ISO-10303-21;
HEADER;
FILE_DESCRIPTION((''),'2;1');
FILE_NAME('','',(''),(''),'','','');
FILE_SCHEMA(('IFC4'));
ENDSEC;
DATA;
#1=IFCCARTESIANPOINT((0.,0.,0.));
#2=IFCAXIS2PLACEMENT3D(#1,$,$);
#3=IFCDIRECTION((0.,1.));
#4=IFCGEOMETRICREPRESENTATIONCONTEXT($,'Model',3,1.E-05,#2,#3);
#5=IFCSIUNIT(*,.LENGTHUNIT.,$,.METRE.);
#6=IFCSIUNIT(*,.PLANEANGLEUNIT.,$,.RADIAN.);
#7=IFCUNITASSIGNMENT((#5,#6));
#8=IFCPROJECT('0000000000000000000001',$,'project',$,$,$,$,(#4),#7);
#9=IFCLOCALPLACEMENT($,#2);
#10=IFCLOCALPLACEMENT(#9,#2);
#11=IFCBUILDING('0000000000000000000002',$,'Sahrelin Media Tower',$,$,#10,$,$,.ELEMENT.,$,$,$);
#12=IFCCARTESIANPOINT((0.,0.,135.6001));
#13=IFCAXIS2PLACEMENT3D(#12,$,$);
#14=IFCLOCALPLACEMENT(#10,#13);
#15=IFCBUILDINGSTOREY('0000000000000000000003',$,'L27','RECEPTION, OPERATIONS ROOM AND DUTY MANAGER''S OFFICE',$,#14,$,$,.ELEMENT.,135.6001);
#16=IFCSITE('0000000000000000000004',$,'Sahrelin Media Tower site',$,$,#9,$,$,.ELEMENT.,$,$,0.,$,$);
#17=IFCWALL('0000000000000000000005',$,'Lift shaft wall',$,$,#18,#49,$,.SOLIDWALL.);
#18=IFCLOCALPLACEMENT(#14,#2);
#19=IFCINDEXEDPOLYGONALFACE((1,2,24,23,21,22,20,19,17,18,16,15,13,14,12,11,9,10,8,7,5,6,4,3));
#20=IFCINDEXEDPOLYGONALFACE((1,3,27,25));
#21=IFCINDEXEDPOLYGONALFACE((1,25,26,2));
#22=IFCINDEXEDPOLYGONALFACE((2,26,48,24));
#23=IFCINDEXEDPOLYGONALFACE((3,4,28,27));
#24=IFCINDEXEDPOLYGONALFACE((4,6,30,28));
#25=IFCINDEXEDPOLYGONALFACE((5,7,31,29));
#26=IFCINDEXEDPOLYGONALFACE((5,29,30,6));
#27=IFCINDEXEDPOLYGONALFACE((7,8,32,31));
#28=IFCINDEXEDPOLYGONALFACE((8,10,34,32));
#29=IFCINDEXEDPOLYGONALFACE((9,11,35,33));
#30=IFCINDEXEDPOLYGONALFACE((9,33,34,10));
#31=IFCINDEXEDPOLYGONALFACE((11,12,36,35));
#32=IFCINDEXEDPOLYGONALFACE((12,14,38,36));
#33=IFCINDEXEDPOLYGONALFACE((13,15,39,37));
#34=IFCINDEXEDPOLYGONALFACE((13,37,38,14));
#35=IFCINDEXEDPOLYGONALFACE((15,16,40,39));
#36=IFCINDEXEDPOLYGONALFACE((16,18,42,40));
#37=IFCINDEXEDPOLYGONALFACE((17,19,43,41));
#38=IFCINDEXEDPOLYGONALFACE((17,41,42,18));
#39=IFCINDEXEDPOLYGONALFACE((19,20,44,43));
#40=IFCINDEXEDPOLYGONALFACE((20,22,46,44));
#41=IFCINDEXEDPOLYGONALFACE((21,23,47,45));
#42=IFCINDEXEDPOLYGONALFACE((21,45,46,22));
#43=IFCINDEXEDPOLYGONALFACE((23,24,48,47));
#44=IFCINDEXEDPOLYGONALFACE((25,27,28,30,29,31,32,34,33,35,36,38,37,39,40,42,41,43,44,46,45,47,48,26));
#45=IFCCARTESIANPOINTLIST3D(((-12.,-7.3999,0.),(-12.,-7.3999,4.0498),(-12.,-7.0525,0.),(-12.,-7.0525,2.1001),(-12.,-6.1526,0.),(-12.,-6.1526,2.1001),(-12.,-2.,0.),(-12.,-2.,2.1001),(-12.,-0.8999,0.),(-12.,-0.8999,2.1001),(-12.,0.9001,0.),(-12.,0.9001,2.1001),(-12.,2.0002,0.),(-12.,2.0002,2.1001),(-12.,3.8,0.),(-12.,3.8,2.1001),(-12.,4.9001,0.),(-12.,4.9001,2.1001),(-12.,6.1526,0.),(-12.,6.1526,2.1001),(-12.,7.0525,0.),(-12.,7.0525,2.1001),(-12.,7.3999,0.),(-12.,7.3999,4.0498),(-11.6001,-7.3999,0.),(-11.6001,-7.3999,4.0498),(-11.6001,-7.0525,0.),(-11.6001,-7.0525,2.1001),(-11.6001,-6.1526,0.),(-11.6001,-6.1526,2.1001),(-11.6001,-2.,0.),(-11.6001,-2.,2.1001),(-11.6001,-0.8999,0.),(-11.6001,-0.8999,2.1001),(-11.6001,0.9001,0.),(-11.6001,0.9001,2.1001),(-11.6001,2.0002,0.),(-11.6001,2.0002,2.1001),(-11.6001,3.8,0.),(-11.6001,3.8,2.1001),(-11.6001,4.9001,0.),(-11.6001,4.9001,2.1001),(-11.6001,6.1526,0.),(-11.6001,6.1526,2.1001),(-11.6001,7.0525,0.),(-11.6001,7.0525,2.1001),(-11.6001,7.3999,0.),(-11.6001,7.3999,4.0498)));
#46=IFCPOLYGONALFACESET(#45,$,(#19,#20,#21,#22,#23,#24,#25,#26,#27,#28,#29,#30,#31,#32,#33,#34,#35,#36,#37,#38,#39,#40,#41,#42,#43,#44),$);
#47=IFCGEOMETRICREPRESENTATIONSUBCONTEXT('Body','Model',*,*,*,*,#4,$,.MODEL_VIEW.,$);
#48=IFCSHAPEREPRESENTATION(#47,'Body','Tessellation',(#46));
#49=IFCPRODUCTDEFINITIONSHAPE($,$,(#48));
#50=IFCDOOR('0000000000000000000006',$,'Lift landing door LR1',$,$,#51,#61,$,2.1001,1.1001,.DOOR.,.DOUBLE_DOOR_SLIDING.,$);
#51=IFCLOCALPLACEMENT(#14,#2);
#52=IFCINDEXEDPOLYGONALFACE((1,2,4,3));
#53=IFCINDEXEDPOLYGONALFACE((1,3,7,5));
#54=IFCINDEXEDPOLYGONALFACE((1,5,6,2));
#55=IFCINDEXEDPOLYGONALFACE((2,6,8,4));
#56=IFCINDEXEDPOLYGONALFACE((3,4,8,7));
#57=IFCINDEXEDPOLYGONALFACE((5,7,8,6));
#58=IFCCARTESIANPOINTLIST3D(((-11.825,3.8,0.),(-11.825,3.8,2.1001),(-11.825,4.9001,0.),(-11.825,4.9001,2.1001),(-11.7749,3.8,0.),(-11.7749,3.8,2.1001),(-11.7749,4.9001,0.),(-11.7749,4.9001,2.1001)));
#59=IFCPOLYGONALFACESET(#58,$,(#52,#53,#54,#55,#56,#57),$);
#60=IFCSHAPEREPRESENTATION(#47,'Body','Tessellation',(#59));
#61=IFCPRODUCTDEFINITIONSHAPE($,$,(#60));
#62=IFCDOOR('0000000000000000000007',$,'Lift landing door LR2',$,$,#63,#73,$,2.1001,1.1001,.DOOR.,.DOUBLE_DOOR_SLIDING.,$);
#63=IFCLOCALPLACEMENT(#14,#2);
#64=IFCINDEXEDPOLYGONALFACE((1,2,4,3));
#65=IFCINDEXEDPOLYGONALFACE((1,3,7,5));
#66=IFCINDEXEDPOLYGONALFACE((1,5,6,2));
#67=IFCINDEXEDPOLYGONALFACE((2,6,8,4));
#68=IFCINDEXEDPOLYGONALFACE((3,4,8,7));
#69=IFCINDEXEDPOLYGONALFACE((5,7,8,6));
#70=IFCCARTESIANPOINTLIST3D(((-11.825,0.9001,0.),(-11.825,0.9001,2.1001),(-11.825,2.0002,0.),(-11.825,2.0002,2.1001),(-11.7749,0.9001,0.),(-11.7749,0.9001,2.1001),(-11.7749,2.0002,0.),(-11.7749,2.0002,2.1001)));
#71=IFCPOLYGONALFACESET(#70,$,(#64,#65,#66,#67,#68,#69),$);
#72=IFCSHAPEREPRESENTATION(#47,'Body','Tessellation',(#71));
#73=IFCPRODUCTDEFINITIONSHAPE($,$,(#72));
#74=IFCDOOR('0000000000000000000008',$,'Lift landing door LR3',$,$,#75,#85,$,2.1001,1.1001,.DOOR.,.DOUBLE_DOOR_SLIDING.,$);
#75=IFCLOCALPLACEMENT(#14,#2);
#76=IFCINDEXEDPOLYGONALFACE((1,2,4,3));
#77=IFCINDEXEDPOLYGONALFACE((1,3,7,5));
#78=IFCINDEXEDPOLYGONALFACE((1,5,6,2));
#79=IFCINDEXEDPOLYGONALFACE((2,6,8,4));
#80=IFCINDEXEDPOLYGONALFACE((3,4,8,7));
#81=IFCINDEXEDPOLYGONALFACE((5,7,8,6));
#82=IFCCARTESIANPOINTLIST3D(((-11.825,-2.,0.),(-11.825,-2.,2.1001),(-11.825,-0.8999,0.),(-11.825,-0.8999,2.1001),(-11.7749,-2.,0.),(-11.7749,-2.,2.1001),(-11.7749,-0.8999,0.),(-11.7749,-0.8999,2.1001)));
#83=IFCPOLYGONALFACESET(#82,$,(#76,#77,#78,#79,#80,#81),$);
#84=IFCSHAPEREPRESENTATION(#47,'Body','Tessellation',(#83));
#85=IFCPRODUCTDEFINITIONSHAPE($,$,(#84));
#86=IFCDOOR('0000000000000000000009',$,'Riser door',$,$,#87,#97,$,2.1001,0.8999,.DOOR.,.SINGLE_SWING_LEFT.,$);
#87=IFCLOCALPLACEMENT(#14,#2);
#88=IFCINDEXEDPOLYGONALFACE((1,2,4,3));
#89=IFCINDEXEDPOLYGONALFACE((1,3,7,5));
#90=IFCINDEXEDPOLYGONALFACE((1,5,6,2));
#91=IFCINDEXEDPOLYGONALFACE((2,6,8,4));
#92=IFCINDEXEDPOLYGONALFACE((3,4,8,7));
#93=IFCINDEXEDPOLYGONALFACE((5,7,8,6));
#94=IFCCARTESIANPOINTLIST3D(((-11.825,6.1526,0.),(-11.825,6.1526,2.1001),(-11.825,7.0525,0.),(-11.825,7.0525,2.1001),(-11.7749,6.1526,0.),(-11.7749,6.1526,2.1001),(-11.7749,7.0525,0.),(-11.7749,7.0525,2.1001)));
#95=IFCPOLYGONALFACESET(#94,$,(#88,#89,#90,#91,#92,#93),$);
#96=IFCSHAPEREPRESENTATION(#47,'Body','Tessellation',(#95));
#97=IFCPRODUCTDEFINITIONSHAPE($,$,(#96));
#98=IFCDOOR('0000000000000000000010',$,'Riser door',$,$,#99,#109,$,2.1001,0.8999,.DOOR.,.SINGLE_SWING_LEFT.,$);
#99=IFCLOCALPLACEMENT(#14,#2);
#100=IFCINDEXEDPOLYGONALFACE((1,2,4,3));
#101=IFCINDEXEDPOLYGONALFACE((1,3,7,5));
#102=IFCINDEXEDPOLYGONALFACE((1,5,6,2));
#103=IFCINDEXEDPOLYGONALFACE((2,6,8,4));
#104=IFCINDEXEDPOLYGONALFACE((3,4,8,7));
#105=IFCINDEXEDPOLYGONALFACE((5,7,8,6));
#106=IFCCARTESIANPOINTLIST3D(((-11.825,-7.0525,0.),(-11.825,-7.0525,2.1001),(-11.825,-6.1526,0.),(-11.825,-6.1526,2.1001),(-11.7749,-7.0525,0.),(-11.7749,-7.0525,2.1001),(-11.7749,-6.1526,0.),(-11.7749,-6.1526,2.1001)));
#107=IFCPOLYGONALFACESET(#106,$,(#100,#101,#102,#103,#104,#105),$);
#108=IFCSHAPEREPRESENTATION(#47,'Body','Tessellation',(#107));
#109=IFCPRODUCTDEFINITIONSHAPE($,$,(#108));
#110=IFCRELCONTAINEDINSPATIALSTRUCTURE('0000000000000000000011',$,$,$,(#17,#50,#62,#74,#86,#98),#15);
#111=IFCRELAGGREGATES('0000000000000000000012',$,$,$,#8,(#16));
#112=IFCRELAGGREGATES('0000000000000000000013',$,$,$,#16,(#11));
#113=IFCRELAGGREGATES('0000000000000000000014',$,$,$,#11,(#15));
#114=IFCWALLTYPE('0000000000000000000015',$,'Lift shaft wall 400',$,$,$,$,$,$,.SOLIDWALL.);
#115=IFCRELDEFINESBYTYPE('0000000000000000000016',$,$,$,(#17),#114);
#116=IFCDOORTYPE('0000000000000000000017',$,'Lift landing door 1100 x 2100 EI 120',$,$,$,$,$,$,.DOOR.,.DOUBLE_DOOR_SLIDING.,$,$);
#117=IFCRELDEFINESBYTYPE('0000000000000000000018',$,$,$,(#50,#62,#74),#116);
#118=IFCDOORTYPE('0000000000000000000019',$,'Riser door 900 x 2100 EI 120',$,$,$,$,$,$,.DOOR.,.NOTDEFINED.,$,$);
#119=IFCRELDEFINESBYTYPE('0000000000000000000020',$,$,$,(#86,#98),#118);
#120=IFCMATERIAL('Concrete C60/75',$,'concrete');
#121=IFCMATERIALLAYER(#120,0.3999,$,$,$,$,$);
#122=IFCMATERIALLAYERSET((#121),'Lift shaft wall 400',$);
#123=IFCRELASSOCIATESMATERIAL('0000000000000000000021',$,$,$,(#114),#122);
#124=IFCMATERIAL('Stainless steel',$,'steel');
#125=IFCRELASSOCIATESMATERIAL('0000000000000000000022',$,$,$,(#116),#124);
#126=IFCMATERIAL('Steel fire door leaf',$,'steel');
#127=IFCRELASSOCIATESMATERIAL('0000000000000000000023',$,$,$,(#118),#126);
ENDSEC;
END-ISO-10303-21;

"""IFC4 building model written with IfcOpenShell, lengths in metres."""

from ifc_helpers import new_model, si_unit, direction, frame, frame_2d, origin, place, context, subcontext, project, spatial, rectangle, extrude, material, layer, layer_set, type_object, element, fill, save


model = new_model("IFC4")

# Units and contexts
model_context = context("Model", 3, precision=1e-05, world=origin(), true_north=direction((0.0, 1.0)))
body_context = subcontext(model_context, "Body", "Model", "MODEL_VIEW")
ifc_project = project(units=[si_unit("LENGTHUNIT", "METRE"), si_unit("PLANEANGLEUNIT", "RADIAN")], contexts=[model_context])

# Site, building, storey
site_placement = place(None, origin())
site = spatial("IfcSite", under=ifc_project, at=site_placement, Name="Sahrelin Media Tower site", CompositionType="ELEMENT", RefElevation=0.0)
building_placement = place(site_placement, origin())
building = spatial("IfcBuilding", under=site, at=building_placement, Name="Sahrelin Media Tower", CompositionType="ELEMENT")
storey_placement = place(building_placement, frame((0.0, 0.0, 135.6001)))
storey = spatial("IfcBuildingStorey", under=building, at=storey_placement, Name="L27", Description="RECEPTION, OPERATIONS ROOM AND DUTY MANAGER'S OFFICE", CompositionType="ELEMENT", Elevation=135.6001)

# Shared definitions
ifc_material_1 = material(Name="Concrete C60/75", Category="concrete")
ifc_material_2 = material(Name="Steel fire door leaf", Category="steel")

# Wall, openings, doors
ifc_layer_1 = layer(ifc_material_1, 0.3999)
ifc_layer_set_1 = layer_set([ifc_layer_1], Name="Lift shaft wall 400")
wall_type_1 = type_object("IfcWallType", Name="Lift shaft wall 400", PredefinedType="SOLIDWALL", material=ifc_layer_set_1)
wall_1_placement = place(storey_placement, frame((-11.8, -7.3999, 0.0), z_axis=(0.0, 0.0, 1.0), x_axis=(0.0, 1.0, 0.0)))
wall_1 = element("IfcWall", 1, at=wall_1_placement, inside=storey, type_object=wall_type_1, Name="Lift shaft wall", PredefinedType="SOLIDWALL", context=body_context, shape_type="SweptSolid", body=[
    extrude(rectangle(XDim=14.7998, YDim=0.3999, at=frame_2d((7.3999, 0.0))), origin(), (0.0, 0.0, 1.0), 4.0498),
])
opening_1_placement = place(wall_1_placement, frame((11.2, 0.0, 0.0)))
opening_1 = element("IfcOpeningElement", 2, at=opening_1_placement, cuts=wall_1, PredefinedType="OPENING", context=body_context, shape_type="SweptSolid", body=[
    extrude(rectangle(XDim=1.1001, YDim=2.1001, at=frame_2d((0.55, 1.05))), frame((0.0, 0.2, 0.0), z_axis=(0.0, -1.0, 0.0), x_axis=(1.0, 0.0, 0.0)), (0.0, 0.0, 1.0), 0.3999),
])
opening_2_placement = place(wall_1_placement, frame((8.3, 0.0, 0.0)))
opening_2 = element("IfcOpeningElement", 3, at=opening_2_placement, cuts=wall_1, PredefinedType="OPENING", context=body_context, shape_type="SweptSolid", body=[
    extrude(rectangle(XDim=1.1001, YDim=2.1001, at=frame_2d((0.55, 1.05))), frame((0.0, 0.2, 0.0), z_axis=(0.0, -1.0, 0.0), x_axis=(1.0, 0.0, 0.0)), (0.0, 0.0, 1.0), 0.3999),
])
opening_3_placement = place(wall_1_placement, frame((5.3999, 0.0, 0.0)))
opening_3 = element("IfcOpeningElement", 4, at=opening_3_placement, cuts=wall_1, PredefinedType="OPENING", context=body_context, shape_type="SweptSolid", body=[
    extrude(rectangle(XDim=1.1001, YDim=2.1001, at=frame_2d((0.55, 1.05))), frame((0.0, 0.2, 0.0), z_axis=(0.0, -1.0, 0.0), x_axis=(1.0, 0.0, 0.0)), (0.0, 0.0, 1.0), 0.3999),
])
opening_4_placement = place(wall_1_placement, frame((13.5525, 0.0, 0.0)))
opening_4 = element("IfcOpeningElement", 5, at=opening_4_placement, cuts=wall_1, PredefinedType="OPENING", context=body_context, shape_type="SweptSolid", body=[
    extrude(rectangle(XDim=0.8999, YDim=2.1001, at=frame_2d((0.45, 1.05))), frame((0.0, 0.2, 0.0), z_axis=(0.0, -1.0, 0.0), x_axis=(1.0, 0.0, 0.0)), (0.0, 0.0, 1.0), 0.3999),
])
opening_5_placement = place(wall_1_placement, frame((0.3474, 0.0, 0.0)))
opening_5 = element("IfcOpeningElement", 6, at=opening_5_placement, cuts=wall_1, PredefinedType="OPENING", context=body_context, shape_type="SweptSolid", body=[
    extrude(rectangle(XDim=0.8999, YDim=2.1001, at=frame_2d((0.45, 1.05))), frame((0.0, 0.2, 0.0), z_axis=(0.0, -1.0, 0.0), x_axis=(1.0, 0.0, 0.0)), (0.0, 0.0, 1.0), 0.3999),
])
ifc_material_3 = material(Name="Stainless steel", Category="steel")
door_type_1 = type_object("IfcDoorType", Name="Lift landing door 1100 x 2100 EI 120", OperationType="DOUBLE_DOOR_SLIDING", PredefinedType="DOOR", material=ifc_material_3)
door_1_placement = place(opening_1_placement, origin())
door_1 = element("IfcDoor", 7, at=door_1_placement, inside=storey, type_object=door_type_1, Name="Lift landing door LR1", OperationType="DOUBLE_DOOR_SLIDING", OverallHeight=2.1001, OverallWidth=1.1001, PredefinedType="DOOR", context=body_context, shape_type="SweptSolid", body=[
    extrude(rectangle(XDim=1.1001, YDim=2.1001, at=frame_2d((0.55, 1.05))), frame((0.0, 0.0249, 0.0), z_axis=(0.0, -1.0, 0.0), x_axis=(1.0, 0.0, 0.0)), (0.0, 0.0, 1.0), 0.05),
])
fill(opening_1, door_1)
door_2_placement = place(opening_2_placement, origin())
door_2 = element("IfcDoor", 8, at=door_2_placement, inside=storey, type_object=door_type_1, Name="Lift landing door LR2", OperationType="DOUBLE_DOOR_SLIDING", OverallHeight=2.1001, OverallWidth=1.1001, PredefinedType="DOOR", context=body_context, shape_type="SweptSolid", body=[
    extrude(rectangle(XDim=1.1001, YDim=2.1001, at=frame_2d((0.55, 1.05))), frame((0.0, 0.0249, 0.0), z_axis=(0.0, -1.0, 0.0), x_axis=(1.0, 0.0, 0.0)), (0.0, 0.0, 1.0), 0.05),
])
fill(opening_2, door_2)
door_3_placement = place(opening_3_placement, origin())
door_3 = element("IfcDoor", 9, at=door_3_placement, inside=storey, type_object=door_type_1, Name="Lift landing door LR3", OperationType="DOUBLE_DOOR_SLIDING", OverallHeight=2.1001, OverallWidth=1.1001, PredefinedType="DOOR", context=body_context, shape_type="SweptSolid", body=[
    extrude(rectangle(XDim=1.1001, YDim=2.1001, at=frame_2d((0.55, 1.05))), frame((0.0, 0.0249, 0.0), z_axis=(0.0, -1.0, 0.0), x_axis=(1.0, 0.0, 0.0)), (0.0, 0.0, 1.0), 0.05),
])
fill(opening_3, door_3)
door_type_2 = type_object("IfcDoorType", Name="Riser door 900 x 2100 EI 120", OperationType="NOTDEFINED", PredefinedType="DOOR", material=ifc_material_2)
door_4_placement = place(opening_4_placement, origin())
door_4 = element("IfcDoor", 10, at=door_4_placement, inside=storey, type_object=door_type_2, Name="Riser door", OperationType="SINGLE_SWING_LEFT", OverallHeight=2.1001, OverallWidth=0.8999, PredefinedType="DOOR", context=body_context, shape_type="SweptSolid", body=[
    extrude(rectangle(XDim=0.8999, YDim=2.1001, at=frame_2d((0.45, 1.05))), frame((0.0, 0.0249, 0.0), z_axis=(0.0, -1.0, 0.0), x_axis=(1.0, 0.0, 0.0)), (0.0, 0.0, 1.0), 0.05),
])
fill(opening_4, door_4)
door_5_placement = place(opening_5_placement, origin())
door_5 = element("IfcDoor", 11, at=door_5_placement, inside=storey, type_object=door_type_2, Name="Riser door", OperationType="SINGLE_SWING_LEFT", OverallHeight=2.1001, OverallWidth=0.8999, PredefinedType="DOOR", context=body_context, shape_type="SweptSolid", body=[
    extrude(rectangle(XDim=0.8999, YDim=2.1001, at=frame_2d((0.45, 1.05))), frame((0.0, 0.0249, 0.0), z_axis=(0.0, -1.0, 0.0), x_axis=(1.0, 0.0, 0.0)), (0.0, 0.0, 1.0), 0.05),
])
fill(opening_5, door_5)

save(model, "model.ifc")
